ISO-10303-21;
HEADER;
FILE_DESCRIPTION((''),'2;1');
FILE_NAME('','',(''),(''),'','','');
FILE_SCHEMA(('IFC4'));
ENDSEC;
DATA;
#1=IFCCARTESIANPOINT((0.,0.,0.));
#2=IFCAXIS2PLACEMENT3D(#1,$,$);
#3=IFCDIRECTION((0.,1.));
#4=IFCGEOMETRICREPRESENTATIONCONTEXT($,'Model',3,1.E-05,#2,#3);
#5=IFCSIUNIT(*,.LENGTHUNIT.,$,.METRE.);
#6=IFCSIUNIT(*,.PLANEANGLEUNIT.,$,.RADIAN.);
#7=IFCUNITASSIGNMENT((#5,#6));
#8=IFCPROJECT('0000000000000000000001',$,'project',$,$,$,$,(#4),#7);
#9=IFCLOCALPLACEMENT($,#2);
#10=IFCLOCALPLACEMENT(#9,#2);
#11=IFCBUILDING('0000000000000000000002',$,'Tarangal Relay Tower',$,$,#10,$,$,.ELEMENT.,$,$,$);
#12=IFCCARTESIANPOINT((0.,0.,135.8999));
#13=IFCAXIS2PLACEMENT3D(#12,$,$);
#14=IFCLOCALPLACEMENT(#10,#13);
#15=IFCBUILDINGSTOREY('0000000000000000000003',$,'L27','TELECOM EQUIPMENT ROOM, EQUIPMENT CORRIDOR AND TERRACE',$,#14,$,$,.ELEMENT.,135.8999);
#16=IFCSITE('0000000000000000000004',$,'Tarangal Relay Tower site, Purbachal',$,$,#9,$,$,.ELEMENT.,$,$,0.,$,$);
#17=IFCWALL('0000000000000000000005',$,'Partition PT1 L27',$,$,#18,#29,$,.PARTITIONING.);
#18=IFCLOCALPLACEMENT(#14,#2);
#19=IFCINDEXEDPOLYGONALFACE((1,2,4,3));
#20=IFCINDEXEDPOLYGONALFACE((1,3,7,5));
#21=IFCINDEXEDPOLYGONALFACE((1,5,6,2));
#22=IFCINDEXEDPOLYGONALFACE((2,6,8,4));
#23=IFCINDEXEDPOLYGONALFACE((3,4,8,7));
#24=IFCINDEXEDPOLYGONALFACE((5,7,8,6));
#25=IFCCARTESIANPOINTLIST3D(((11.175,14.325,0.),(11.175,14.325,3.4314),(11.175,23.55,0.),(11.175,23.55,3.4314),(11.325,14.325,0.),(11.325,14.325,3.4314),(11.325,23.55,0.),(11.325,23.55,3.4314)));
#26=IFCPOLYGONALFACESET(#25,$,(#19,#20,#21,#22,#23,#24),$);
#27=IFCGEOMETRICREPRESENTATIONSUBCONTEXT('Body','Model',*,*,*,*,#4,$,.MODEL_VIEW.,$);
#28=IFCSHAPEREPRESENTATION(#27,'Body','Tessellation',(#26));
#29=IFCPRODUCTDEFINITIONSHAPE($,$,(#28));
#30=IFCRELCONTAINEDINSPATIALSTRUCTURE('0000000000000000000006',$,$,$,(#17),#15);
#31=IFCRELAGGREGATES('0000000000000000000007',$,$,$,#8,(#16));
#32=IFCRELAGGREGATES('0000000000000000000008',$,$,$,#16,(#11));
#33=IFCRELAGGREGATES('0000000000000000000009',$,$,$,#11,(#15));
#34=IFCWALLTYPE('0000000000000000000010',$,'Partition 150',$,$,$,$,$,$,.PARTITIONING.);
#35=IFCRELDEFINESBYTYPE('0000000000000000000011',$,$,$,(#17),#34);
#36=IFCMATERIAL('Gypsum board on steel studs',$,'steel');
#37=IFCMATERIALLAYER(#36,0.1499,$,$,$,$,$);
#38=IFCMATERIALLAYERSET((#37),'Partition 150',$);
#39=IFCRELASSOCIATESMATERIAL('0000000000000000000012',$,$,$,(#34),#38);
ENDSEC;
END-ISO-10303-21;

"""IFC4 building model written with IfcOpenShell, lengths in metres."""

from ifc_helpers import new_model, si_unit, direction, frame, frame_2d, origin, place, context, subcontext, project, spatial, rectangle, extrude, material, layer, layer_set, type_object, element, save


model = new_model("IFC4")

# Units and contexts
model_context = context("Model", 3, precision=1e-05, world=origin(), true_north=direction((0.0, 1.0)))
body_context = subcontext(model_context, "Body", "Model", "MODEL_VIEW")
ifc_project = project(units=[si_unit("LENGTHUNIT", "METRE"), si_unit("PLANEANGLEUNIT", "RADIAN")], contexts=[model_context])

# Site, building, storey
site_placement = place(None, origin())
site = spatial("IfcSite", under=ifc_project, at=site_placement, Name="Tarangal Relay Tower site, Purbachal", CompositionType="ELEMENT", RefElevation=0.0)
building_placement = place(site_placement, origin())
building = spatial("IfcBuilding", under=site, at=building_placement, Name="Tarangal Relay Tower", CompositionType="ELEMENT")
storey_placement = place(building_placement, frame((0.0, 0.0, 135.8999)))
storey = spatial("IfcBuildingStorey", under=building, at=storey_placement, Name="L27", Description="TELECOM EQUIPMENT ROOM, EQUIPMENT CORRIDOR AND TERRACE", CompositionType="ELEMENT", Elevation=135.8999)

# Wall
ifc_material_1 = material(Name="Gypsum board on steel studs", Category="steel")
ifc_layer_1 = layer(ifc_material_1, 0.1499)
ifc_layer_set_1 = layer_set([ifc_layer_1], Name="Partition 150")
wall_type_1 = type_object("IfcWallType", Name="Partition 150", PredefinedType="PARTITIONING", material=ifc_layer_set_1)
wall_1_placement = place(storey_placement, frame((11.25, 14.325, 0.0), z_axis=(0.0, 0.0, 1.0), x_axis=(0.0, 1.0, 0.0)))
element("IfcWall", 1, at=wall_1_placement, inside=storey, type_object=wall_type_1, Name="Partition PT1 L27", PredefinedType="PARTITIONING", context=body_context, shape_type="SweptSolid", body=[
    extrude(rectangle(XDim=9.2251, YDim=0.1499, at=frame_2d((4.6125, 0.0))), origin(), (0.0, 0.0, 1.0), 3.4314),
])

save(model, "model.ifc")
